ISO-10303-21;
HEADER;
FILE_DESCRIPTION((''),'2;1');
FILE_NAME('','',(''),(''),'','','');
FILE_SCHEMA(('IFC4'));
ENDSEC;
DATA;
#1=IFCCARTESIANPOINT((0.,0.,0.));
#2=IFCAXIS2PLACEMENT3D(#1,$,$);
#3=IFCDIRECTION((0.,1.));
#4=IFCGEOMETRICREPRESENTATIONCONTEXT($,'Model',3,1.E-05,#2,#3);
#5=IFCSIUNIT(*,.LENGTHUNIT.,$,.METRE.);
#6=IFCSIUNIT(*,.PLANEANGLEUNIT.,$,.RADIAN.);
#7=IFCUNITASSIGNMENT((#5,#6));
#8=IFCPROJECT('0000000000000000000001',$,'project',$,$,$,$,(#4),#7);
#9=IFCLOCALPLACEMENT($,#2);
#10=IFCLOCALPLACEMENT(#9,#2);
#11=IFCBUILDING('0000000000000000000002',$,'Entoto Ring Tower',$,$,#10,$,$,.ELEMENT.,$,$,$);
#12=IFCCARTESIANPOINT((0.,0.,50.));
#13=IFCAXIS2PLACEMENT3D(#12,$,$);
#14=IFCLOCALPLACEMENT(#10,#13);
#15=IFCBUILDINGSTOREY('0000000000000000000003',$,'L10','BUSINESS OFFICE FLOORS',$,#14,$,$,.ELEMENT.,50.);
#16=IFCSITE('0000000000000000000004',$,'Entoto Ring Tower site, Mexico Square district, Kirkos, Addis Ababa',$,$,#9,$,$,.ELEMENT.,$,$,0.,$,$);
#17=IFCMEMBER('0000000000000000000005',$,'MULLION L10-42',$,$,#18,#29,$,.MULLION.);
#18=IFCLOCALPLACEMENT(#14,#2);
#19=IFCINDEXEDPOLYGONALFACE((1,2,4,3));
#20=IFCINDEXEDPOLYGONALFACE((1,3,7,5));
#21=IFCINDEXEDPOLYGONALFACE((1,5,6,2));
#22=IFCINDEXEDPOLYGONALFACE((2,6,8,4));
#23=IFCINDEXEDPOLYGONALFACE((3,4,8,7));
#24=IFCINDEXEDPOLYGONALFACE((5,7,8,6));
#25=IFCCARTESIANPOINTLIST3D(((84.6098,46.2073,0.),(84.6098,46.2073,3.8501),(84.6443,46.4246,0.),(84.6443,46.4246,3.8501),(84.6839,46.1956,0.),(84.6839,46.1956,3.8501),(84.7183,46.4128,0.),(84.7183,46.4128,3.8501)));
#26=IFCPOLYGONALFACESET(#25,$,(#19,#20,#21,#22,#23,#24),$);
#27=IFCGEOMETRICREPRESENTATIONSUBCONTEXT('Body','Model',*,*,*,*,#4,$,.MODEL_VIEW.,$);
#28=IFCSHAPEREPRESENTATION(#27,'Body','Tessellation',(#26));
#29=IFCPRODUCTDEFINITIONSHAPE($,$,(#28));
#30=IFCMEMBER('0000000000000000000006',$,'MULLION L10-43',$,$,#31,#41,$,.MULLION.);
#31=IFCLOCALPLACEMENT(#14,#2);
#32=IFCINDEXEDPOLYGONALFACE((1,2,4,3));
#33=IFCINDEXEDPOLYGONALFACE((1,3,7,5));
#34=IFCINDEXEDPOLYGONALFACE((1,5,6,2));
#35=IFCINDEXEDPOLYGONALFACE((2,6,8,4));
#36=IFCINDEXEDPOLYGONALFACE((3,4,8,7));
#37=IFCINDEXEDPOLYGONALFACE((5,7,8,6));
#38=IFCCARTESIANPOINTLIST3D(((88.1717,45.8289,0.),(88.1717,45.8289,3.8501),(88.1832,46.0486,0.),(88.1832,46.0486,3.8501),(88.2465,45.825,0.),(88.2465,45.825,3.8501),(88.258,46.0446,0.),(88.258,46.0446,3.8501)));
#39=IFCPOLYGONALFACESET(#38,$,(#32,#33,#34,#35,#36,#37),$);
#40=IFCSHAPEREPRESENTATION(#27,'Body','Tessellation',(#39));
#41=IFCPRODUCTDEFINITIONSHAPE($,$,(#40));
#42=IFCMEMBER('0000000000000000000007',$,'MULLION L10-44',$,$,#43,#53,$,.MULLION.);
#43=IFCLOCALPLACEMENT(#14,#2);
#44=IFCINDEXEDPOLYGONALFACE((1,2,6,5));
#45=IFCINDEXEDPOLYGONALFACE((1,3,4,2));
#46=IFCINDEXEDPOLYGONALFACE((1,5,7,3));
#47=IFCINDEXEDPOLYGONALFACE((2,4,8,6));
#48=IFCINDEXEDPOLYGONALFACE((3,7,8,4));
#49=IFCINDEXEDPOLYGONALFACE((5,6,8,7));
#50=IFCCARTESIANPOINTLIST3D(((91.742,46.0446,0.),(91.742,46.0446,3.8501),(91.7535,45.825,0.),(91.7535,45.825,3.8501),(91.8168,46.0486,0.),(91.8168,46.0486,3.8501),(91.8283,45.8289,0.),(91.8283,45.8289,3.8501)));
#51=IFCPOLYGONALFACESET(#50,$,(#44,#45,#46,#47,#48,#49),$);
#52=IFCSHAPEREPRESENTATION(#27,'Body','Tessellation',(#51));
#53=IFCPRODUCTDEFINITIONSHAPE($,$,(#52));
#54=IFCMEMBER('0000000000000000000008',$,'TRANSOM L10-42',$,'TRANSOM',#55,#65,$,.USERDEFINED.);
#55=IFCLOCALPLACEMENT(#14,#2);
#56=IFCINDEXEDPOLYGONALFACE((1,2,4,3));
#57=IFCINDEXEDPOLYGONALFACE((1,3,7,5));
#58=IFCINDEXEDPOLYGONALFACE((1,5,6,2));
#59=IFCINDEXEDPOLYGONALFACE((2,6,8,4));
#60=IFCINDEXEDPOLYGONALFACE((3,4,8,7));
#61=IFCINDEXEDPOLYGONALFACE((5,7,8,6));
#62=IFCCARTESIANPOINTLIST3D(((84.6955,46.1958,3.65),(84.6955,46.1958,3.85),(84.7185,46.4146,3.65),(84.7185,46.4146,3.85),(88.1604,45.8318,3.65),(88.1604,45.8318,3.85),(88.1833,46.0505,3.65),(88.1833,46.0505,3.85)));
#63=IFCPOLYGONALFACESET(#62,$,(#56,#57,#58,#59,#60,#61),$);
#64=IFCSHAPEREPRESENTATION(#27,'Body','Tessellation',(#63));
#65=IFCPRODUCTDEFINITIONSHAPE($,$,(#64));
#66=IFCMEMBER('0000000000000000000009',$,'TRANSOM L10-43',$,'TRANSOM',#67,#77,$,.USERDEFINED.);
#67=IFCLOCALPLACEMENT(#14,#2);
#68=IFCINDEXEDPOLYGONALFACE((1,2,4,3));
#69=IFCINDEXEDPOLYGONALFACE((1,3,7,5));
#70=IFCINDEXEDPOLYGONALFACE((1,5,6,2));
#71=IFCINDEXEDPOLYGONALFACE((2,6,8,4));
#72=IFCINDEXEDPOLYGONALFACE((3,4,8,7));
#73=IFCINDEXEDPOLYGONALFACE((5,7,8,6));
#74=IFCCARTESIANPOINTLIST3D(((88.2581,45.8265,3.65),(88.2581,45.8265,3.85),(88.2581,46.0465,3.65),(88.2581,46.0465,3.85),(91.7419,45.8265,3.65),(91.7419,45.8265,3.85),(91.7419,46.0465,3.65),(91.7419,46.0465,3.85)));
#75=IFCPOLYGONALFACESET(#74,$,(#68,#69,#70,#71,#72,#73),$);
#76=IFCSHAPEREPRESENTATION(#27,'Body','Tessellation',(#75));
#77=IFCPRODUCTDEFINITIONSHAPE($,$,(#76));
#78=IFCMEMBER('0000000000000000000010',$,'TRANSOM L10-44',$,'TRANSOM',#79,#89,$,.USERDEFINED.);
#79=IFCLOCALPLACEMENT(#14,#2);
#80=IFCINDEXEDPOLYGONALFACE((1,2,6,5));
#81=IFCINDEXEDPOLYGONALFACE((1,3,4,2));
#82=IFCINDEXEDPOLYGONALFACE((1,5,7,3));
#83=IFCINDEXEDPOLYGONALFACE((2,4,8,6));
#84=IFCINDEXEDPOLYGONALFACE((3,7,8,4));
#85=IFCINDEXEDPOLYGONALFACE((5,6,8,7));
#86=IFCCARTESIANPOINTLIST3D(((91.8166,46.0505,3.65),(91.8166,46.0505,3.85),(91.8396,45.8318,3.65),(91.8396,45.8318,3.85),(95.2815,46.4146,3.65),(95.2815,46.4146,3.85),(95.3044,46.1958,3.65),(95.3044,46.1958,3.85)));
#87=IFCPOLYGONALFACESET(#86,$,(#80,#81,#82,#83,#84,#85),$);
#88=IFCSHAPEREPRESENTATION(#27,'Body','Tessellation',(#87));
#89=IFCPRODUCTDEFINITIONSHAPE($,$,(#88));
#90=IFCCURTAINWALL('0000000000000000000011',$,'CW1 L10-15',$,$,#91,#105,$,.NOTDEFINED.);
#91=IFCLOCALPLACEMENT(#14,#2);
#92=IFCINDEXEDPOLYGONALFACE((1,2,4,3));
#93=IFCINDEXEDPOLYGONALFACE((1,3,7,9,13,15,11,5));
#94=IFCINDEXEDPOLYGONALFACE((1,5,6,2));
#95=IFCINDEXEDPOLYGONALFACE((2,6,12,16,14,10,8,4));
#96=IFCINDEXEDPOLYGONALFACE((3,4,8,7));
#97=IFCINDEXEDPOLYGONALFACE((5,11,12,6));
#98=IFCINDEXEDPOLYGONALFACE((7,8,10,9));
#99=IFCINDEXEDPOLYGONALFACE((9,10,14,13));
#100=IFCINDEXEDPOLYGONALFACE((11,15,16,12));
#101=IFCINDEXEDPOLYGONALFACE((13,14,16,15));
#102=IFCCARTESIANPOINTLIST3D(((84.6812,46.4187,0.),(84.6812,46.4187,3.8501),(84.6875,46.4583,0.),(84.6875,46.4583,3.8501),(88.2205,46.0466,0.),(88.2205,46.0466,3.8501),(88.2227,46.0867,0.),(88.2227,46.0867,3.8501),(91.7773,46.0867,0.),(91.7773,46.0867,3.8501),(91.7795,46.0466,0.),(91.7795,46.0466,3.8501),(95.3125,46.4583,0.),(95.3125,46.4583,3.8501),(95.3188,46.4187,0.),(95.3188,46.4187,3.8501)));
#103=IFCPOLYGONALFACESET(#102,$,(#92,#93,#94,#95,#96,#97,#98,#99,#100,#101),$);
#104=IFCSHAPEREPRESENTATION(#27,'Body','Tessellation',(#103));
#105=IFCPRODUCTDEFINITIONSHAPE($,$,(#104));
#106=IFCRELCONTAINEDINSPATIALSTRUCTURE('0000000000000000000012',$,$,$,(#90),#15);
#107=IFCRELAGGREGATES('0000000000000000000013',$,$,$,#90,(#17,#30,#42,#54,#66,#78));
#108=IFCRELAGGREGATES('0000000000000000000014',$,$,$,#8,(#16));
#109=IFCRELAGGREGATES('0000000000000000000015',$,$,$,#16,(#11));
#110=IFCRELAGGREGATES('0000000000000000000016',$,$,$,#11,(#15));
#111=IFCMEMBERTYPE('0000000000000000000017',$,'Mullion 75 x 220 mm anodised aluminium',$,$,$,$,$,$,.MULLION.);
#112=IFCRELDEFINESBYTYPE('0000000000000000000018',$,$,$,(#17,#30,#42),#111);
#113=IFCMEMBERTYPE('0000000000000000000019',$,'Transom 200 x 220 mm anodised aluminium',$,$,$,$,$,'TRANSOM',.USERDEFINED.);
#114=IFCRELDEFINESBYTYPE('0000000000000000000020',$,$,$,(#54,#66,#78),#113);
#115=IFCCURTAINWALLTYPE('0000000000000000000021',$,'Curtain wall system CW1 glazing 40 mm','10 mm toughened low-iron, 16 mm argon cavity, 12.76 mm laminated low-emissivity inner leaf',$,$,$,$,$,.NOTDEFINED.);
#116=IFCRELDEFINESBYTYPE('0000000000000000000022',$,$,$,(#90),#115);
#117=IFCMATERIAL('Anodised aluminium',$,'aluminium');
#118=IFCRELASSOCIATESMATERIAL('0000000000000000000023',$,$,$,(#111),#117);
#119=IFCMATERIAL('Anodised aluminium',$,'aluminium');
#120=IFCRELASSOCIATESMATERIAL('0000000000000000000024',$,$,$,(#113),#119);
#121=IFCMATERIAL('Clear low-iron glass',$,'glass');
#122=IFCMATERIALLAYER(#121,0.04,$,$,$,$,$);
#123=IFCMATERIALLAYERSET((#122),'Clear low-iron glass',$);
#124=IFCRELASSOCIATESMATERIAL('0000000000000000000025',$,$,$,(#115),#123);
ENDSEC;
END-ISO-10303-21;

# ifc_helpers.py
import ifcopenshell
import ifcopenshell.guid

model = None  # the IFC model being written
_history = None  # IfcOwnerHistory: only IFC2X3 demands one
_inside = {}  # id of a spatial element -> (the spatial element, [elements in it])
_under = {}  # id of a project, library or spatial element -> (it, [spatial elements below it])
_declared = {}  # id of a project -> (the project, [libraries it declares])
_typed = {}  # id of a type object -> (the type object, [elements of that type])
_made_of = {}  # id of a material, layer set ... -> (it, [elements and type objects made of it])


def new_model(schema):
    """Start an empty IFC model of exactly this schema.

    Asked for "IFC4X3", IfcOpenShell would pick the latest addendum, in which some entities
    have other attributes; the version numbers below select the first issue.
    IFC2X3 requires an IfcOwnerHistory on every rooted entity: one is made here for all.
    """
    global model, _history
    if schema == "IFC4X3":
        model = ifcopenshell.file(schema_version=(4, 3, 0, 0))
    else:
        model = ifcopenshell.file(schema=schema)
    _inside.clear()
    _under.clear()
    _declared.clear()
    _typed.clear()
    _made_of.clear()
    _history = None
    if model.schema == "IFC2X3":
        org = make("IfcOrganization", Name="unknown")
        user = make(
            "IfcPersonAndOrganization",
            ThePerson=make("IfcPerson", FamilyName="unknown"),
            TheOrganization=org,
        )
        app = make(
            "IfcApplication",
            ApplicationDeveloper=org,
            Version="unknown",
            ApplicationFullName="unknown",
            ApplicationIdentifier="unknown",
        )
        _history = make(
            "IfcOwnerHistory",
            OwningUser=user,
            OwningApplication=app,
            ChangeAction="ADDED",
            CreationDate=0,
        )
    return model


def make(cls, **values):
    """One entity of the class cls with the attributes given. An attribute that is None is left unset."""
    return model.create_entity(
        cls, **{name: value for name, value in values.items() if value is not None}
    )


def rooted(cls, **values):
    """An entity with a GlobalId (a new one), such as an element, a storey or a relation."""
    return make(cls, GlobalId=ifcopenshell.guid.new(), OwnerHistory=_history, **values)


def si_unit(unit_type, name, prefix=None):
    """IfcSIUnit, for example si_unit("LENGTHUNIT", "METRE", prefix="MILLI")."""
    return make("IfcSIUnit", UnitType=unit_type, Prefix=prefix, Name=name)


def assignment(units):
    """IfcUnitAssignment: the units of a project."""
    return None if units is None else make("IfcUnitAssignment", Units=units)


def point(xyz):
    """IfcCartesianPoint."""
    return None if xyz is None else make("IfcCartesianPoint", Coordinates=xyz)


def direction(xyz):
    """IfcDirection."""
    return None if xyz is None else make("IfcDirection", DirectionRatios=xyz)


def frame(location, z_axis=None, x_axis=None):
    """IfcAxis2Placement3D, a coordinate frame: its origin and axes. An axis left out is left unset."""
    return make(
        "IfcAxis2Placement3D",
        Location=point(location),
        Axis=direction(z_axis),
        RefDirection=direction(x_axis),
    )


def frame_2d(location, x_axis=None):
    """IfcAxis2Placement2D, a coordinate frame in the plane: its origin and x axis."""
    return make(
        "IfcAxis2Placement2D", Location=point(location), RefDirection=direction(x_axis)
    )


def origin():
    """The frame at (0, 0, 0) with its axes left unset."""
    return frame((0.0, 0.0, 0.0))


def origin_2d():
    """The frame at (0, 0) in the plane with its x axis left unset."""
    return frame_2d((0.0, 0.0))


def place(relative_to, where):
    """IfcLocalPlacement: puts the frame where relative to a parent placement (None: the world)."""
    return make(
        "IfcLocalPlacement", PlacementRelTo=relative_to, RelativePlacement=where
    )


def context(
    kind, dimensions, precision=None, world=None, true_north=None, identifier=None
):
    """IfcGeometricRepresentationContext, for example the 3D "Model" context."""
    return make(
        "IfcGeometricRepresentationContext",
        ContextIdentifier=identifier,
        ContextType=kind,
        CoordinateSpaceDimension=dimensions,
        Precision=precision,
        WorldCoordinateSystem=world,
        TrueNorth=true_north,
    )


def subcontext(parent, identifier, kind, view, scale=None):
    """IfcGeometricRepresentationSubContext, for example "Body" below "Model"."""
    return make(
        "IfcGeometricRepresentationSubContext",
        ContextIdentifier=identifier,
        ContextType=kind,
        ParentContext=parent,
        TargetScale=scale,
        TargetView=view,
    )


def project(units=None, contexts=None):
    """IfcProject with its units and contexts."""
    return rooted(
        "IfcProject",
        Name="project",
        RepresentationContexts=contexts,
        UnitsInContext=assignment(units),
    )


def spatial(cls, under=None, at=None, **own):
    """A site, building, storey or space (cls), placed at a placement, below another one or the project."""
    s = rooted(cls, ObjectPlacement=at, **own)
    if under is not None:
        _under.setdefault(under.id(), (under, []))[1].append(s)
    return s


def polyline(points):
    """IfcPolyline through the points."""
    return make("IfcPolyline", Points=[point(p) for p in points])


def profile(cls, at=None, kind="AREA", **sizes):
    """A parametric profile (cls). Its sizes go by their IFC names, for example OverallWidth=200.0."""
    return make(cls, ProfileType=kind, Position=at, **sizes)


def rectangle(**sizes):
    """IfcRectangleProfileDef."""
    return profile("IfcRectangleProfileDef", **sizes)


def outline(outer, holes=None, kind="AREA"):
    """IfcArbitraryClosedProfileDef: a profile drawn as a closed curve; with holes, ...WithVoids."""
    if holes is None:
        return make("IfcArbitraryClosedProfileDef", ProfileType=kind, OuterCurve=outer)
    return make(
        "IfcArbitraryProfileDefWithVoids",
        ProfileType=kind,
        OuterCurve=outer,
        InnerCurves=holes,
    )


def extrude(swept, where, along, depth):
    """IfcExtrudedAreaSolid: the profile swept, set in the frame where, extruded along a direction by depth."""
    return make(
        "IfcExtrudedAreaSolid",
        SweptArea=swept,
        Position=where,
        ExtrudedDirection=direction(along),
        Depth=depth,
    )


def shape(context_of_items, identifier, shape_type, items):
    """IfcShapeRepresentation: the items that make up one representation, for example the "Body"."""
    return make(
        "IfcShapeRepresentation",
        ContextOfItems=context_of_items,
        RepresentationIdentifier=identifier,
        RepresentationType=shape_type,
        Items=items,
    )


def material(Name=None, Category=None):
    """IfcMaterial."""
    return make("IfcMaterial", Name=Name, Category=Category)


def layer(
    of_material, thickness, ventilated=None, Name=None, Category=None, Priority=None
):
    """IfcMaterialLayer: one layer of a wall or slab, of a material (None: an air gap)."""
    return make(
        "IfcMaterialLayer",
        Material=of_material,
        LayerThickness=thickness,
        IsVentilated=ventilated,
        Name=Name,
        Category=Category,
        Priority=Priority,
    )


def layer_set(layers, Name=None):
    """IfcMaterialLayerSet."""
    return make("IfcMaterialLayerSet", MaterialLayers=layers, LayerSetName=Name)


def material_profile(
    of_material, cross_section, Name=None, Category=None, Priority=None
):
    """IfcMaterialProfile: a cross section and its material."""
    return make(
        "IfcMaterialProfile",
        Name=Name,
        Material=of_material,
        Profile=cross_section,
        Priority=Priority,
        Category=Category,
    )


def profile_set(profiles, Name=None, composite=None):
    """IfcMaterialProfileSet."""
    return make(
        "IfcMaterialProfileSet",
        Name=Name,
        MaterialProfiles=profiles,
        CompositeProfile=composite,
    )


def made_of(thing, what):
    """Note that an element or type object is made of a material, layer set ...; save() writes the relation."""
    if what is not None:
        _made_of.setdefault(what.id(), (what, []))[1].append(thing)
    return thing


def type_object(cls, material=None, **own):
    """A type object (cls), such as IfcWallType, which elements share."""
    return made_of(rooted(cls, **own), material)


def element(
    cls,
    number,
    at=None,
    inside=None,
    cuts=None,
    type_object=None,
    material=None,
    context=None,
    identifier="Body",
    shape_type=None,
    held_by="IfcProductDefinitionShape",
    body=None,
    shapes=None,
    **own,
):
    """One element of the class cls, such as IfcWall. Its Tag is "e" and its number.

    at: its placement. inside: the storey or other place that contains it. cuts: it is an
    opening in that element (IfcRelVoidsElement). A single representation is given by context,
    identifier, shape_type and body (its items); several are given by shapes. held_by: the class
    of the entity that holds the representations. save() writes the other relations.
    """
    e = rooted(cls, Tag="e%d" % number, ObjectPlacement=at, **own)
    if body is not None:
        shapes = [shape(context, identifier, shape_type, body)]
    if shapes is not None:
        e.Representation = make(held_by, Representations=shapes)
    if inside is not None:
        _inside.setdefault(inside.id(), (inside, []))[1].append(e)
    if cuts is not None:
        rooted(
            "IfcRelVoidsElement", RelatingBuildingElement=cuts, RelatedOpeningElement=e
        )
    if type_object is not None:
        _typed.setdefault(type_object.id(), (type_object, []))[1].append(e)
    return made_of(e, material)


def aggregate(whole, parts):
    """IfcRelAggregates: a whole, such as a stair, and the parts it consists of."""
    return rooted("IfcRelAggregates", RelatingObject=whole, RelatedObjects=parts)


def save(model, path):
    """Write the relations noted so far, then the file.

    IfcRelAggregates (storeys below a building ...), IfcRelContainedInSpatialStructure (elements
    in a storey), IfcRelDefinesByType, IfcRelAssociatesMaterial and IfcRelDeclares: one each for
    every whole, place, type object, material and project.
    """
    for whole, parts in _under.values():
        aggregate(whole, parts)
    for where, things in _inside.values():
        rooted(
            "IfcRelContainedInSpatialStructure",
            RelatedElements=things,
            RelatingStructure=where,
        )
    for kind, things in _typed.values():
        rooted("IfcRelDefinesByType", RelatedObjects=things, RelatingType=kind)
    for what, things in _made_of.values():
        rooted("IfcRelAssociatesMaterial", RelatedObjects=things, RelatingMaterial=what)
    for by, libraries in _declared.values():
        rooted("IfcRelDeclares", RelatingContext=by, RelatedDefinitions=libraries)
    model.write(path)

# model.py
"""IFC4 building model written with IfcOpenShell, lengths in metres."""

from ifc_helpers import new_model, si_unit, direction, frame, origin, origin_2d, place, context, subcontext, project, spatial, polyline, rectangle, outline, extrude, material, layer, layer_set, material_profile, profile_set, type_object, element, aggregate, save


model = new_model("IFC4")

# Units and contexts
model_context = context("Model", 3, precision=1e-05, world=origin(), true_north=direction((0.0, 1.0)))
body_context = subcontext(model_context, "Body", "Model", "MODEL_VIEW")
ifc_project = project(units=[si_unit("LENGTHUNIT", "METRE"), si_unit("PLANEANGLEUNIT", "RADIAN")], contexts=[model_context])

# Members
ifc_material_1 = material(Name="Anodised aluminium", Category="aluminium")
ifc_material_profile_1 = material_profile(ifc_material_1, rectangle(XDim=0.075, YDim=0.22, at=origin_2d()), Name="Mullion 75 x 220 mm anodised aluminium")
ifc_profile_set_1 = profile_set([ifc_material_profile_1], Name="Anodised aluminium")
member_type_1 = type_object("IfcMemberType", Name="Mullion 75 x 220 mm anodised aluminium", PredefinedType="MULLION", material=ifc_profile_set_1)
site_placement = place(None, origin())
building_placement = place(site_placement, origin())
storey_placement = place(building_placement, frame((0.0, 0.0, 50.0)))
member_1_placement = place(storey_placement, frame((84.6641, 46.3101, 0.0), z_axis=(0.0, 0.0, 1.0), x_axis=(0.987688, -0.156434, 0.0)))
member_1 = element("IfcMember", 1, at=member_1_placement, type_object=member_type_1, Name="MULLION L10-42", PredefinedType="MULLION", context=body_context, shape_type="SweptSolid", body=[
    extrude(rectangle(XDim=0.075, YDim=0.22, at=origin_2d()), origin(), (0.0, 0.0, 1.0), 3.8501),
])
member_2_placement = place(storey_placement, frame((88.2148, 45.9368, 0.0), z_axis=(0.0, 0.0, 1.0), x_axis=(0.99863, -0.052336, 0.0)))
member_2 = element("IfcMember", 2, at=member_2_placement, type_object=member_type_1, Name="MULLION L10-43", PredefinedType="MULLION", context=body_context, shape_type="SweptSolid", body=[
    extrude(rectangle(XDim=0.075, YDim=0.22, at=origin_2d()), origin(), (0.0, 0.0, 1.0), 3.8501),
])
member_3_placement = place(storey_placement, frame((91.7852, 45.9368, 0.0), z_axis=(0.0, 0.0, 1.0), x_axis=(0.99863, 0.052336, 0.0)))
member_3 = element("IfcMember", 3, at=member_3_placement, type_object=member_type_1, Name="MULLION L10-44", PredefinedType="MULLION", context=body_context, shape_type="SweptSolid", body=[
    extrude(rectangle(XDim=0.075, YDim=0.22, at=origin_2d()), origin(), (0.0, 0.0, 1.0), 3.8501),
])
ifc_material_2 = material(Name="Anodised aluminium", Category="aluminium")
ifc_material_profile_2 = material_profile(ifc_material_2, rectangle(XDim=0.22, YDim=0.2, at=origin_2d()), Name="Transom 200 x 220 mm anodised aluminium")
ifc_profile_set_2 = profile_set([ifc_material_profile_2], Name="Anodised aluminium")
member_type_2 = type_object("IfcMemberType", Name="Transom 200 x 220 mm anodised aluminium", ElementType="TRANSOM", PredefinedType="USERDEFINED", material=ifc_profile_set_2)
member_4_placement = place(storey_placement, frame((84.707, 46.3052, 3.75), z_axis=(0.994527, -0.104484, 0.0), x_axis=(0.104484, 0.994527, 0.0)))
member_4 = element("IfcMember", 4, at=member_4_placement, type_object=member_type_2, Name="TRANSOM L10-42", ObjectType="TRANSOM", PredefinedType="USERDEFINED", context=body_context, shape_type="SweptSolid", body=[
    extrude(rectangle(XDim=0.22, YDim=0.2, at=origin_2d()), origin(), (0.0, 0.0, 1.0), 3.4839),
])
member_5_placement = place(storey_placement, frame((88.2581, 45.9365, 3.75), z_axis=(1.0, 0.0, 0.0), x_axis=(0.0, 1.0, 0.0)))
member_5 = element("IfcMember", 5, at=member_5_placement, type_object=member_type_2, Name="TRANSOM L10-43", ObjectType="TRANSOM", PredefinedType="USERDEFINED", context=body_context, shape_type="SweptSolid", body=[
    extrude(rectangle(XDim=0.22, YDim=0.2, at=origin_2d()), origin(), (0.0, 0.0, 1.0), 3.4839),
])
member_6_placement = place(storey_placement, frame((91.8281, 45.9412, 3.75), z_axis=(0.994527, 0.104484, 0.0), x_axis=(-0.104484, 0.994527, 0.0)))
member_6 = element("IfcMember", 6, at=member_6_placement, type_object=member_type_2, Name="TRANSOM L10-44", ObjectType="TRANSOM", PredefinedType="USERDEFINED", context=body_context, shape_type="SweptSolid", body=[
    extrude(rectangle(XDim=0.22, YDim=0.2, at=origin_2d()), origin(), (0.0, 0.0, 1.0), 3.4839),
])

# Site, building, storey
site = spatial("IfcSite", under=ifc_project, at=site_placement, Name="Entoto Ring Tower site, Mexico Square district, Kirkos, Addis Ababa", CompositionType="ELEMENT", RefElevation=0.0)
building = spatial("IfcBuilding", under=site, at=building_placement, Name="Entoto Ring Tower", CompositionType="ELEMENT")
storey = spatial("IfcBuildingStorey", under=building, at=storey_placement, Name="L10", Description="BUSINESS OFFICE FLOORS", CompositionType="ELEMENT", Elevation=50.0)

# Curtain wall
ifc_material_3 = material(Name="Clear low-iron glass", Category="glass")
ifc_layer = layer(ifc_material_3, 0.04)
ifc_layer_set = layer_set([ifc_layer], Name="Clear low-iron glass")
curtain_wall_type = type_object("IfcCurtainWallType", Name="Curtain wall system CW1 glazing 40 mm", Description="10 mm toughened low-iron, 16 mm argon cavity, 12.76 mm laminated low-emissivity inner leaf", PredefinedType="NOTDEFINED", material=ifc_layer_set)
curtain_wall_1_placement = place(storey_placement, origin())
curtain_wall_1 = element("IfcCurtainWall", 7, at=curtain_wall_1_placement, inside=storey, type_object=curtain_wall_type, Name="CW1 L10-15", PredefinedType="NOTDEFINED", context=body_context, shape_type="SweptSolid", body=[
    extrude(outline(polyline([(84.6812, 46.4187), (88.2205, 46.0466), (91.7795, 46.0466), (95.3188, 46.4187), (95.3125, 46.4583), (91.7773, 46.0867), (88.2227, 46.0867), (84.6875, 46.4583), (84.6812, 46.4187)])), origin(), (0.0, 0.0, 1.0), 3.8501),
])
aggregate(curtain_wall_1, [member_1, member_2, member_3, member_4, member_5, member_6])

save(model, "model.ifc")
